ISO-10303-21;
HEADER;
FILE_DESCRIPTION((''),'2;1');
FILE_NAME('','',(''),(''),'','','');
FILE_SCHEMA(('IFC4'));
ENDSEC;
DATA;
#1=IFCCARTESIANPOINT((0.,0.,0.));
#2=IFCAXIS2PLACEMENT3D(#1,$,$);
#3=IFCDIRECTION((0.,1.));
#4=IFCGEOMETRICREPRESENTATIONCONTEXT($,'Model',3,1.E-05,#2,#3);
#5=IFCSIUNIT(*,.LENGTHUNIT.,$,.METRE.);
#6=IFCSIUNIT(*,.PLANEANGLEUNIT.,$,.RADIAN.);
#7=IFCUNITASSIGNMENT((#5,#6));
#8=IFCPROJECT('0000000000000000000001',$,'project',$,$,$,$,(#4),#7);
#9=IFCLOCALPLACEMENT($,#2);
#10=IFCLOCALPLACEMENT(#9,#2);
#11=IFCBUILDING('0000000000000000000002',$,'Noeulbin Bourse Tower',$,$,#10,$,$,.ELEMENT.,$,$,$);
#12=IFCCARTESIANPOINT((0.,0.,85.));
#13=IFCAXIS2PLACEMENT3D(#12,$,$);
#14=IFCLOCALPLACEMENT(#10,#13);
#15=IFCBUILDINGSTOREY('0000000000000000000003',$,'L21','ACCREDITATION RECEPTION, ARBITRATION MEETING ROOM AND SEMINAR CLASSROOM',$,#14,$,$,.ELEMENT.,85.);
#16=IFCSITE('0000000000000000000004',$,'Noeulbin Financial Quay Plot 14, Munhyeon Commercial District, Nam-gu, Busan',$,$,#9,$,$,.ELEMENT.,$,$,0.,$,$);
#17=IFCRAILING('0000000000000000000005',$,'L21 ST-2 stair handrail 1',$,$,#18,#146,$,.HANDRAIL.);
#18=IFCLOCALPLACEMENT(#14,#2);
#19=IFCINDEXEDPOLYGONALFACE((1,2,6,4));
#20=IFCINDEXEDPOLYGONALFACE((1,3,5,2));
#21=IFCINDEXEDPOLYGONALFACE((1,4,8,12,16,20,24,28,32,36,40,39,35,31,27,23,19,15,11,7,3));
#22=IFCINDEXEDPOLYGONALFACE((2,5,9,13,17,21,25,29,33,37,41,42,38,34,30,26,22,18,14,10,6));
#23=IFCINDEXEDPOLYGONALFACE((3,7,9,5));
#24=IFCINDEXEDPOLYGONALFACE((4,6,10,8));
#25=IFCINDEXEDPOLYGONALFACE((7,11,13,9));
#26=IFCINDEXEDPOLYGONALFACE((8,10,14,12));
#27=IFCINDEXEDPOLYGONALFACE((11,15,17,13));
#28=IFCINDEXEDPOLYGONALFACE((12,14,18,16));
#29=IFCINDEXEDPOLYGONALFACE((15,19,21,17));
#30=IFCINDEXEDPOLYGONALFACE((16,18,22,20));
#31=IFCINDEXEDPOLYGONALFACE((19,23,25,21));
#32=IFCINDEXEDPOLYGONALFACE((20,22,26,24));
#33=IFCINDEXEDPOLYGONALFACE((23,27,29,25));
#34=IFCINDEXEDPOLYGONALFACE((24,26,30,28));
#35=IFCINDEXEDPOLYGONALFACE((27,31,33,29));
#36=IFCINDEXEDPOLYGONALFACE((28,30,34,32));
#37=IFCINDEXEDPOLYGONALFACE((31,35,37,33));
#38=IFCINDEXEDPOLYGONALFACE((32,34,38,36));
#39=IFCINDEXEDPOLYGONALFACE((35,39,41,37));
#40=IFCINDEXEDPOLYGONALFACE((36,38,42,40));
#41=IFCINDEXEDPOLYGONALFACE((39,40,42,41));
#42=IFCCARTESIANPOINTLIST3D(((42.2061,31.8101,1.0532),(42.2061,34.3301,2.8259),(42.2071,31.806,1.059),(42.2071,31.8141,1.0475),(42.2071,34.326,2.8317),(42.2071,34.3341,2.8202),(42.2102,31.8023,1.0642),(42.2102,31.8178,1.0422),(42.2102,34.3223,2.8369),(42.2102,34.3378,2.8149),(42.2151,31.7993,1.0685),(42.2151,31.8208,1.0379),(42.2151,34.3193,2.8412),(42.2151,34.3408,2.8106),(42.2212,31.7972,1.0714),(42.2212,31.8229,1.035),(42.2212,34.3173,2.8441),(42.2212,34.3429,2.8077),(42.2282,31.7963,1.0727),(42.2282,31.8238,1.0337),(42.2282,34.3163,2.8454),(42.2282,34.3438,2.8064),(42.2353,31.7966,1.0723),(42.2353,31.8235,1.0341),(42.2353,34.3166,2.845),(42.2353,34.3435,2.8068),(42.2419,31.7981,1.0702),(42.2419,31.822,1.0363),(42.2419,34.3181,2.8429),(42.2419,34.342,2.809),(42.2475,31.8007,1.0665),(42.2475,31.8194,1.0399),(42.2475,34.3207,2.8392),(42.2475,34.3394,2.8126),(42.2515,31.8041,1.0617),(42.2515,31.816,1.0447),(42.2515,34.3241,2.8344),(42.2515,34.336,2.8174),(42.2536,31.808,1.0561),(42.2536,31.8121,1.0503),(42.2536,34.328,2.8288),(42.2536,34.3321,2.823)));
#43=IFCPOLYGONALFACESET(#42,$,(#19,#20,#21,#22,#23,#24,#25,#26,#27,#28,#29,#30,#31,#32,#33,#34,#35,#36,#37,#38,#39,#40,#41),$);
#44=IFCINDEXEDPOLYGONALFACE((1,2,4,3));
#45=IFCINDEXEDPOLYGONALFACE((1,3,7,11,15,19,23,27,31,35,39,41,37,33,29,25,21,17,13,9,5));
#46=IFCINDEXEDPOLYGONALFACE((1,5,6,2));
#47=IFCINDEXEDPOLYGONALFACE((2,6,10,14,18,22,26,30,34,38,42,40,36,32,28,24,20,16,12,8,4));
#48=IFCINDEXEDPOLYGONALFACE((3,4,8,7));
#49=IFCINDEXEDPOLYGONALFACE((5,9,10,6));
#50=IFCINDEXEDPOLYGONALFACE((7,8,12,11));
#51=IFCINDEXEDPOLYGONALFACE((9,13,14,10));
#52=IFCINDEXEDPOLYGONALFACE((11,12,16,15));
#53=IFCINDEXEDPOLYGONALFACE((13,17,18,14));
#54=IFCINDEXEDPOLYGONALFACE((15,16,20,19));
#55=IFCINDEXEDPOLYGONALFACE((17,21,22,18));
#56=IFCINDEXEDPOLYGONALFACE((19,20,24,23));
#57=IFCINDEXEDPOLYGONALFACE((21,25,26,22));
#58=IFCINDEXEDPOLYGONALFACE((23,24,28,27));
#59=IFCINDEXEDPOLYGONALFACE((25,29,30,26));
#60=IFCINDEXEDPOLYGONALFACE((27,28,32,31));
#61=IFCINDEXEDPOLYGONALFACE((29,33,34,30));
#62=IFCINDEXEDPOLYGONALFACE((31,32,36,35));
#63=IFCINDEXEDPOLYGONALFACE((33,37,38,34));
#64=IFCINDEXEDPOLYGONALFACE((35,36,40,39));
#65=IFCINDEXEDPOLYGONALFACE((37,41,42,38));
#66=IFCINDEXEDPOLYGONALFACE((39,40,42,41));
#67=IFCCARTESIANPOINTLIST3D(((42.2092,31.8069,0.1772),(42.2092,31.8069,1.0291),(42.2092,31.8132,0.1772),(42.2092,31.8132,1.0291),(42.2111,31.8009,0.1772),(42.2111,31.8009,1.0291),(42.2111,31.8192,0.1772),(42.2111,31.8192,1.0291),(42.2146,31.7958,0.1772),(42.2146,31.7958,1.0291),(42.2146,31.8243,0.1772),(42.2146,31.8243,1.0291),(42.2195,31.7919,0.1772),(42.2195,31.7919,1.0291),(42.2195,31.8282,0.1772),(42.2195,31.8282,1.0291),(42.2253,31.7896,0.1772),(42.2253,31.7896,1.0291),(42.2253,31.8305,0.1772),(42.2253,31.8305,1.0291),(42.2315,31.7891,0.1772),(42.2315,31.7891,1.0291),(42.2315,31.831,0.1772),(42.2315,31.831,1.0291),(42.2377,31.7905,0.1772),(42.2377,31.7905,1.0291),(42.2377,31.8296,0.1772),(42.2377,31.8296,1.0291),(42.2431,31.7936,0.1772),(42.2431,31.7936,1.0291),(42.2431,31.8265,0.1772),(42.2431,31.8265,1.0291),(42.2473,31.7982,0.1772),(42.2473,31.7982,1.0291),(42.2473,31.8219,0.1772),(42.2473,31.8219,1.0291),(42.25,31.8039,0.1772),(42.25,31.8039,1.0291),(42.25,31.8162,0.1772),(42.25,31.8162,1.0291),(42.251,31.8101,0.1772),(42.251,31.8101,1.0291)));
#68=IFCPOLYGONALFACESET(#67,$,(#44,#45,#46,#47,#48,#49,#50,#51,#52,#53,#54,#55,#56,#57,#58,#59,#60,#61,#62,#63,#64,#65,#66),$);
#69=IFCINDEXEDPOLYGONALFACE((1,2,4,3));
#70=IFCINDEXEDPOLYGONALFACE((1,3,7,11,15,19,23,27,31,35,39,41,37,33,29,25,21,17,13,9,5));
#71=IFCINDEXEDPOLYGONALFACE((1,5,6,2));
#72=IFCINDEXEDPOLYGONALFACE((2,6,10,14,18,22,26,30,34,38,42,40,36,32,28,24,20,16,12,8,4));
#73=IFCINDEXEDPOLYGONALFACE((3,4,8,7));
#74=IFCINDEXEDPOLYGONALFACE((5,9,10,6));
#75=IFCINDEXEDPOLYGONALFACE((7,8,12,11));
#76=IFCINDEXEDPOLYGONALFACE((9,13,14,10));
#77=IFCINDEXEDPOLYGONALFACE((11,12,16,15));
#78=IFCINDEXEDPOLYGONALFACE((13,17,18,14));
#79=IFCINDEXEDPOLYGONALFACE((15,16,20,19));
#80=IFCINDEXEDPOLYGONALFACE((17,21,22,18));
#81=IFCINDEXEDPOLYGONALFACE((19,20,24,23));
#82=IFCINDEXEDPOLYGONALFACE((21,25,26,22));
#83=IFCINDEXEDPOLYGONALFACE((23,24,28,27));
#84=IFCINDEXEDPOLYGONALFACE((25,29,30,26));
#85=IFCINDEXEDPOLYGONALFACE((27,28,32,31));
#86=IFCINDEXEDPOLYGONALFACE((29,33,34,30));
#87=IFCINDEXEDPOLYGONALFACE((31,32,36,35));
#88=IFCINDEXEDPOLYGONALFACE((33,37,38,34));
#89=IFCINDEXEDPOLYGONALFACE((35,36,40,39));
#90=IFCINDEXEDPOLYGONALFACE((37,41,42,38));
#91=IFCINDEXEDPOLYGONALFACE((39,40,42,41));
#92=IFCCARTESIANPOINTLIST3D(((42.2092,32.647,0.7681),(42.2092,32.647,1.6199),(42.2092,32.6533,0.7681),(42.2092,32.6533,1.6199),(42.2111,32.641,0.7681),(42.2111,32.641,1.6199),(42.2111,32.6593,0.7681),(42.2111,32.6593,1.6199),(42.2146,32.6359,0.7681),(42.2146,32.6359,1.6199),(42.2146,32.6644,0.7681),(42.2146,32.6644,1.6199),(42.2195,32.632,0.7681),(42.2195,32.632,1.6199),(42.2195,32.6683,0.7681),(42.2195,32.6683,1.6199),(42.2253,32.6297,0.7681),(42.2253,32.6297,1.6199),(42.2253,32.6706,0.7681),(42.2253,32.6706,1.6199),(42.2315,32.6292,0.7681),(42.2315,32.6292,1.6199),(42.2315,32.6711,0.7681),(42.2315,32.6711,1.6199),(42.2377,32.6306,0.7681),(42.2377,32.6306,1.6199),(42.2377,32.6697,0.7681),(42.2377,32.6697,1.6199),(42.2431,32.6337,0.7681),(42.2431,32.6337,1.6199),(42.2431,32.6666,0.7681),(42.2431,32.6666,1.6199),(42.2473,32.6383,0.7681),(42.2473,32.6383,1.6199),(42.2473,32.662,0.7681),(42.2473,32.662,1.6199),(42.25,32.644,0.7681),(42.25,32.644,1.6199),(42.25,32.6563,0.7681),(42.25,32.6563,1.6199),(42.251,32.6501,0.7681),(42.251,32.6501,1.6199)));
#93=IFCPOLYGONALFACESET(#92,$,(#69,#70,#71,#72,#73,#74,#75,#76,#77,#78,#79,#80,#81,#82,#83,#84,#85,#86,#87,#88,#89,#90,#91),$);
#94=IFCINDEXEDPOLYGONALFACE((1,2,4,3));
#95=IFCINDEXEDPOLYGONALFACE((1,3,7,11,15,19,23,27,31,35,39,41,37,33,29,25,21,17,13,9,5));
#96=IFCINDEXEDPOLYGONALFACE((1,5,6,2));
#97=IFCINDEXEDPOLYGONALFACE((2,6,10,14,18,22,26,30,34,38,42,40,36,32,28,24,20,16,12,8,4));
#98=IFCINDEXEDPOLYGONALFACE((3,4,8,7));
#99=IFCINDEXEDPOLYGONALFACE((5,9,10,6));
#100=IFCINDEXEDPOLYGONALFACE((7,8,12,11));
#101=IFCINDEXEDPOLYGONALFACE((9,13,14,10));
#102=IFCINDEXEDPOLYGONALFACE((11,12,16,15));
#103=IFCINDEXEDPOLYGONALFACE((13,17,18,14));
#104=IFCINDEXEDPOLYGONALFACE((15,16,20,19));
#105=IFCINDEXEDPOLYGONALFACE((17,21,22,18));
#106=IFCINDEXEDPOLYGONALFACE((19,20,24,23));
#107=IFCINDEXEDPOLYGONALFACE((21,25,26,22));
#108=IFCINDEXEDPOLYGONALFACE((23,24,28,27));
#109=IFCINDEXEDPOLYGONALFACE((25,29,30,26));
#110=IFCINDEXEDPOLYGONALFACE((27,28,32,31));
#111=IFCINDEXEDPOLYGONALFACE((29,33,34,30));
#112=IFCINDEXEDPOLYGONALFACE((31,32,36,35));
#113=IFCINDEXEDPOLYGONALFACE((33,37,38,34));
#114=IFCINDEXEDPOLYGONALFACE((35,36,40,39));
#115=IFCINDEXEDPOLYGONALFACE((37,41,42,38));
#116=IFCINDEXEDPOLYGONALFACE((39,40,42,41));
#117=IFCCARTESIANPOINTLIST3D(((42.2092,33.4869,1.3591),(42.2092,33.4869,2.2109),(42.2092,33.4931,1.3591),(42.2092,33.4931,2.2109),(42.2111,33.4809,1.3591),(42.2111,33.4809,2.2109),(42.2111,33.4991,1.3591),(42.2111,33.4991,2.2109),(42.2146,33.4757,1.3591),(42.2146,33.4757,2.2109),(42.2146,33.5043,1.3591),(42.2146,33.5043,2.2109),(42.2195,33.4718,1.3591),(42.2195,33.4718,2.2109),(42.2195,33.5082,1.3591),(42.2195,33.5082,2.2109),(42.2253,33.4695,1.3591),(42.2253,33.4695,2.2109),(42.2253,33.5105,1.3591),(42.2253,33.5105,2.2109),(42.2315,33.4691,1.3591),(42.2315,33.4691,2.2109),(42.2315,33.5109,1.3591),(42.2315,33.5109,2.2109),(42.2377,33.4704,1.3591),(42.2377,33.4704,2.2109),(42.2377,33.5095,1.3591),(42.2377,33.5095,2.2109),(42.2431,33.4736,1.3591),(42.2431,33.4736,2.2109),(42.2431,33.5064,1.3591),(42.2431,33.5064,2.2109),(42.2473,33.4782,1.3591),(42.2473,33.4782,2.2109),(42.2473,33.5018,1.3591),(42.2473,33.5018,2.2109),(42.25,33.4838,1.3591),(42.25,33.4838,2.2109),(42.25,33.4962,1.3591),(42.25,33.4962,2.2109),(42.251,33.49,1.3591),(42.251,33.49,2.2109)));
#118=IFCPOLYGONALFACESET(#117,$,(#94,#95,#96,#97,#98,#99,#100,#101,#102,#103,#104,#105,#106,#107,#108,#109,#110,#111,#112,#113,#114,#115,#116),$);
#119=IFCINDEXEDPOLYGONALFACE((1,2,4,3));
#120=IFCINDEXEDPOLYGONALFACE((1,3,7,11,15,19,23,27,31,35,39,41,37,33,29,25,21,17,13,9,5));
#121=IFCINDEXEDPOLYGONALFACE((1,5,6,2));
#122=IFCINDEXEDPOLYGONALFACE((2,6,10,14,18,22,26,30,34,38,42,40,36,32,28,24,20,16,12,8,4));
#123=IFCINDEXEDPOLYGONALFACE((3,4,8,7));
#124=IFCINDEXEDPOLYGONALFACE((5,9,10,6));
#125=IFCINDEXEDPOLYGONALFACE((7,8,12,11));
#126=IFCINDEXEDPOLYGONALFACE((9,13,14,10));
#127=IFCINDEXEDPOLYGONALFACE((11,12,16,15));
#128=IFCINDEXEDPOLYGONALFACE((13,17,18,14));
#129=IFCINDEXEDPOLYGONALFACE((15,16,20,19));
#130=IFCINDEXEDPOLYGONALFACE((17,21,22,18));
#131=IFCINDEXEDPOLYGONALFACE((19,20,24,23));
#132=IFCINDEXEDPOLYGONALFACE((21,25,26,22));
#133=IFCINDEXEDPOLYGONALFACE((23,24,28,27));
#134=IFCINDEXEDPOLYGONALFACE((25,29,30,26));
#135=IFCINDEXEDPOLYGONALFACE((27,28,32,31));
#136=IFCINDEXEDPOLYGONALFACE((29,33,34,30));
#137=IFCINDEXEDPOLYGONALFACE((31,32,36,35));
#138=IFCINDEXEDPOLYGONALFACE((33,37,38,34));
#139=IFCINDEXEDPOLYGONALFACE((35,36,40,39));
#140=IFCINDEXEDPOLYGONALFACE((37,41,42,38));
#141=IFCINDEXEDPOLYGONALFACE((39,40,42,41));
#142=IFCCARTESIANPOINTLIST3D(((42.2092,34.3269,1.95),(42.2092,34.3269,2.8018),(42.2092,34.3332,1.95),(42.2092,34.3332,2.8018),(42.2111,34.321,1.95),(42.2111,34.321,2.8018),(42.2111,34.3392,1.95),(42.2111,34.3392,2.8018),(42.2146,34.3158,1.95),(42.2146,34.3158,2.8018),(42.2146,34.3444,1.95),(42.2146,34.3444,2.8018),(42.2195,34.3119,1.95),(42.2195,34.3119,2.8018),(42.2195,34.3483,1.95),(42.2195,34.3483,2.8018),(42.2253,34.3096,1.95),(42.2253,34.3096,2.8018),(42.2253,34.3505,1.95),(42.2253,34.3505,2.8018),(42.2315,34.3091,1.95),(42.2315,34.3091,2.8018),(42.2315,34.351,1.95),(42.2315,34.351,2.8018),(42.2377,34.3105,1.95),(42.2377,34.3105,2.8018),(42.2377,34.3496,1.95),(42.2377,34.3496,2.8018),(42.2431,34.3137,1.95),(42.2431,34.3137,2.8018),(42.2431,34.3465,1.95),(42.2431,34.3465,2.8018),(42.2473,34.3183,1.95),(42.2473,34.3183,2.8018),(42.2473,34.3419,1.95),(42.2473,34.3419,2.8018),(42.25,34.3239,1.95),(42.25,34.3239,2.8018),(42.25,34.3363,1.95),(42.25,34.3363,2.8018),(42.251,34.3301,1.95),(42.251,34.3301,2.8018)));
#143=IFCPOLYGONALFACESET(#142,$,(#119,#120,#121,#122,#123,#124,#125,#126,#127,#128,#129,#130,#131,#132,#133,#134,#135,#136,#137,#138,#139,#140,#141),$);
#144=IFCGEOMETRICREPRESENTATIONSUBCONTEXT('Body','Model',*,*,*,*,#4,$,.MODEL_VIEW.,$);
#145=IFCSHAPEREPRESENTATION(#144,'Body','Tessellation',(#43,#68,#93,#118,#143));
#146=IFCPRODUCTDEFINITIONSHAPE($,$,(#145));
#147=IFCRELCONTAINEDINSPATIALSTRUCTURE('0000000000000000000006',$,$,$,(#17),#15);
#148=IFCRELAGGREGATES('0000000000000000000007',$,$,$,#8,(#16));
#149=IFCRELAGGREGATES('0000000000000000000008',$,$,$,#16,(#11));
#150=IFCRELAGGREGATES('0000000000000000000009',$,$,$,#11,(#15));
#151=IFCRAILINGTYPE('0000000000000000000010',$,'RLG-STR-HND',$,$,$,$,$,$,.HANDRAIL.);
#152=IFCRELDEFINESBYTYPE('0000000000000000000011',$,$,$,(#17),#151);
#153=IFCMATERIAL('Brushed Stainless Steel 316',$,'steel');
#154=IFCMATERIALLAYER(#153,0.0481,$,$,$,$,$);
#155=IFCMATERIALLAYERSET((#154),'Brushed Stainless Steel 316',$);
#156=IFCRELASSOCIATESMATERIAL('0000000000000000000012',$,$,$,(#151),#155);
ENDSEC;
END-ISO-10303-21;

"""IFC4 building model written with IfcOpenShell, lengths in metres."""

from ifc_helpers import new_model, si_unit, direction, frame, origin, origin_2d, place, context, subcontext, project, spatial, circle, extrude, material, layer, layer_set, type_object, element, save


model = new_model("IFC4")

# Units and contexts
model_context = context("Model", 3, precision=1e-05, world=origin(), true_north=direction((0.0, 1.0)))
body_context = subcontext(model_context, "Body", "Model", "MODEL_VIEW")
ifc_project = project(units=[si_unit("LENGTHUNIT", "METRE"), si_unit("PLANEANGLEUNIT", "RADIAN")], contexts=[model_context])

# Site, building, storey
site_placement = place(None, origin())
site = spatial("IfcSite", under=ifc_project, at=site_placement, Name="Noeulbin Financial Quay Plot 14, Munhyeon Commercial District, Nam-gu, Busan", CompositionType="ELEMENT", RefElevation=0.0)
building_placement = place(site_placement, origin())
building = spatial("IfcBuilding", under=site, at=building_placement, Name="Noeulbin Bourse Tower", CompositionType="ELEMENT")
storey_placement = place(building_placement, frame((0.0, 0.0, 85.0)))
storey = spatial("IfcBuildingStorey", under=building, at=storey_placement, Name="L21", Description="ACCREDITATION RECEPTION, ARBITRATION MEETING ROOM AND SEMINAR CLASSROOM", CompositionType="ELEMENT", Elevation=85.0)

# Railing
ifc_material_1 = material(Name="Brushed Stainless Steel 316", Category="steel")
ifc_layer_1 = layer(ifc_material_1, 0.0481)
ifc_layer_set_1 = layer_set([ifc_layer_1], Name="Brushed Stainless Steel 316")
railing_type_1 = type_object("IfcRailingType", Name="RLG-STR-HND", PredefinedType="HANDRAIL", material=ifc_layer_set_1)
railing_1_placement = place(storey_placement, frame((42.23, 31.8101, 0.1772)))
element("IfcRailing", 1, at=railing_1_placement, inside=storey, type_object=railing_type_1, Name="L21 ST-2 stair handrail 1", PredefinedType="HANDRAIL", context=body_context, shape_type="SweptSolid", body=[
    extrude(circle(Radius=0.0239, at=origin_2d()), frame((0.0, 0.0, 0.876), z_axis=(0.0, 0.817904, 0.575354), x_axis=(-1.0, 0.0, 0.0)), (0.0, 0.0, 1.0), 3.0811),
    extrude(circle(Radius=0.021, at=origin_2d()), origin(), (0.0, 0.0, 1.0), 0.8518),
    extrude(circle(Radius=0.021, at=origin_2d()), frame((0.0, 0.8401, 0.5908)), (0.0, 0.0, 1.0), 0.8518),
    extrude(circle(Radius=0.021, at=origin_2d()), frame((0.0, 1.6799, 1.1819)), (0.0, 0.0, 1.0), 0.8518),
    extrude(circle(Radius=0.021, at=origin_2d()), frame((0.0, 2.52, 1.7727)), (0.0, 0.0, 1.0), 0.8518),
])

save(model, "model.ifc")
